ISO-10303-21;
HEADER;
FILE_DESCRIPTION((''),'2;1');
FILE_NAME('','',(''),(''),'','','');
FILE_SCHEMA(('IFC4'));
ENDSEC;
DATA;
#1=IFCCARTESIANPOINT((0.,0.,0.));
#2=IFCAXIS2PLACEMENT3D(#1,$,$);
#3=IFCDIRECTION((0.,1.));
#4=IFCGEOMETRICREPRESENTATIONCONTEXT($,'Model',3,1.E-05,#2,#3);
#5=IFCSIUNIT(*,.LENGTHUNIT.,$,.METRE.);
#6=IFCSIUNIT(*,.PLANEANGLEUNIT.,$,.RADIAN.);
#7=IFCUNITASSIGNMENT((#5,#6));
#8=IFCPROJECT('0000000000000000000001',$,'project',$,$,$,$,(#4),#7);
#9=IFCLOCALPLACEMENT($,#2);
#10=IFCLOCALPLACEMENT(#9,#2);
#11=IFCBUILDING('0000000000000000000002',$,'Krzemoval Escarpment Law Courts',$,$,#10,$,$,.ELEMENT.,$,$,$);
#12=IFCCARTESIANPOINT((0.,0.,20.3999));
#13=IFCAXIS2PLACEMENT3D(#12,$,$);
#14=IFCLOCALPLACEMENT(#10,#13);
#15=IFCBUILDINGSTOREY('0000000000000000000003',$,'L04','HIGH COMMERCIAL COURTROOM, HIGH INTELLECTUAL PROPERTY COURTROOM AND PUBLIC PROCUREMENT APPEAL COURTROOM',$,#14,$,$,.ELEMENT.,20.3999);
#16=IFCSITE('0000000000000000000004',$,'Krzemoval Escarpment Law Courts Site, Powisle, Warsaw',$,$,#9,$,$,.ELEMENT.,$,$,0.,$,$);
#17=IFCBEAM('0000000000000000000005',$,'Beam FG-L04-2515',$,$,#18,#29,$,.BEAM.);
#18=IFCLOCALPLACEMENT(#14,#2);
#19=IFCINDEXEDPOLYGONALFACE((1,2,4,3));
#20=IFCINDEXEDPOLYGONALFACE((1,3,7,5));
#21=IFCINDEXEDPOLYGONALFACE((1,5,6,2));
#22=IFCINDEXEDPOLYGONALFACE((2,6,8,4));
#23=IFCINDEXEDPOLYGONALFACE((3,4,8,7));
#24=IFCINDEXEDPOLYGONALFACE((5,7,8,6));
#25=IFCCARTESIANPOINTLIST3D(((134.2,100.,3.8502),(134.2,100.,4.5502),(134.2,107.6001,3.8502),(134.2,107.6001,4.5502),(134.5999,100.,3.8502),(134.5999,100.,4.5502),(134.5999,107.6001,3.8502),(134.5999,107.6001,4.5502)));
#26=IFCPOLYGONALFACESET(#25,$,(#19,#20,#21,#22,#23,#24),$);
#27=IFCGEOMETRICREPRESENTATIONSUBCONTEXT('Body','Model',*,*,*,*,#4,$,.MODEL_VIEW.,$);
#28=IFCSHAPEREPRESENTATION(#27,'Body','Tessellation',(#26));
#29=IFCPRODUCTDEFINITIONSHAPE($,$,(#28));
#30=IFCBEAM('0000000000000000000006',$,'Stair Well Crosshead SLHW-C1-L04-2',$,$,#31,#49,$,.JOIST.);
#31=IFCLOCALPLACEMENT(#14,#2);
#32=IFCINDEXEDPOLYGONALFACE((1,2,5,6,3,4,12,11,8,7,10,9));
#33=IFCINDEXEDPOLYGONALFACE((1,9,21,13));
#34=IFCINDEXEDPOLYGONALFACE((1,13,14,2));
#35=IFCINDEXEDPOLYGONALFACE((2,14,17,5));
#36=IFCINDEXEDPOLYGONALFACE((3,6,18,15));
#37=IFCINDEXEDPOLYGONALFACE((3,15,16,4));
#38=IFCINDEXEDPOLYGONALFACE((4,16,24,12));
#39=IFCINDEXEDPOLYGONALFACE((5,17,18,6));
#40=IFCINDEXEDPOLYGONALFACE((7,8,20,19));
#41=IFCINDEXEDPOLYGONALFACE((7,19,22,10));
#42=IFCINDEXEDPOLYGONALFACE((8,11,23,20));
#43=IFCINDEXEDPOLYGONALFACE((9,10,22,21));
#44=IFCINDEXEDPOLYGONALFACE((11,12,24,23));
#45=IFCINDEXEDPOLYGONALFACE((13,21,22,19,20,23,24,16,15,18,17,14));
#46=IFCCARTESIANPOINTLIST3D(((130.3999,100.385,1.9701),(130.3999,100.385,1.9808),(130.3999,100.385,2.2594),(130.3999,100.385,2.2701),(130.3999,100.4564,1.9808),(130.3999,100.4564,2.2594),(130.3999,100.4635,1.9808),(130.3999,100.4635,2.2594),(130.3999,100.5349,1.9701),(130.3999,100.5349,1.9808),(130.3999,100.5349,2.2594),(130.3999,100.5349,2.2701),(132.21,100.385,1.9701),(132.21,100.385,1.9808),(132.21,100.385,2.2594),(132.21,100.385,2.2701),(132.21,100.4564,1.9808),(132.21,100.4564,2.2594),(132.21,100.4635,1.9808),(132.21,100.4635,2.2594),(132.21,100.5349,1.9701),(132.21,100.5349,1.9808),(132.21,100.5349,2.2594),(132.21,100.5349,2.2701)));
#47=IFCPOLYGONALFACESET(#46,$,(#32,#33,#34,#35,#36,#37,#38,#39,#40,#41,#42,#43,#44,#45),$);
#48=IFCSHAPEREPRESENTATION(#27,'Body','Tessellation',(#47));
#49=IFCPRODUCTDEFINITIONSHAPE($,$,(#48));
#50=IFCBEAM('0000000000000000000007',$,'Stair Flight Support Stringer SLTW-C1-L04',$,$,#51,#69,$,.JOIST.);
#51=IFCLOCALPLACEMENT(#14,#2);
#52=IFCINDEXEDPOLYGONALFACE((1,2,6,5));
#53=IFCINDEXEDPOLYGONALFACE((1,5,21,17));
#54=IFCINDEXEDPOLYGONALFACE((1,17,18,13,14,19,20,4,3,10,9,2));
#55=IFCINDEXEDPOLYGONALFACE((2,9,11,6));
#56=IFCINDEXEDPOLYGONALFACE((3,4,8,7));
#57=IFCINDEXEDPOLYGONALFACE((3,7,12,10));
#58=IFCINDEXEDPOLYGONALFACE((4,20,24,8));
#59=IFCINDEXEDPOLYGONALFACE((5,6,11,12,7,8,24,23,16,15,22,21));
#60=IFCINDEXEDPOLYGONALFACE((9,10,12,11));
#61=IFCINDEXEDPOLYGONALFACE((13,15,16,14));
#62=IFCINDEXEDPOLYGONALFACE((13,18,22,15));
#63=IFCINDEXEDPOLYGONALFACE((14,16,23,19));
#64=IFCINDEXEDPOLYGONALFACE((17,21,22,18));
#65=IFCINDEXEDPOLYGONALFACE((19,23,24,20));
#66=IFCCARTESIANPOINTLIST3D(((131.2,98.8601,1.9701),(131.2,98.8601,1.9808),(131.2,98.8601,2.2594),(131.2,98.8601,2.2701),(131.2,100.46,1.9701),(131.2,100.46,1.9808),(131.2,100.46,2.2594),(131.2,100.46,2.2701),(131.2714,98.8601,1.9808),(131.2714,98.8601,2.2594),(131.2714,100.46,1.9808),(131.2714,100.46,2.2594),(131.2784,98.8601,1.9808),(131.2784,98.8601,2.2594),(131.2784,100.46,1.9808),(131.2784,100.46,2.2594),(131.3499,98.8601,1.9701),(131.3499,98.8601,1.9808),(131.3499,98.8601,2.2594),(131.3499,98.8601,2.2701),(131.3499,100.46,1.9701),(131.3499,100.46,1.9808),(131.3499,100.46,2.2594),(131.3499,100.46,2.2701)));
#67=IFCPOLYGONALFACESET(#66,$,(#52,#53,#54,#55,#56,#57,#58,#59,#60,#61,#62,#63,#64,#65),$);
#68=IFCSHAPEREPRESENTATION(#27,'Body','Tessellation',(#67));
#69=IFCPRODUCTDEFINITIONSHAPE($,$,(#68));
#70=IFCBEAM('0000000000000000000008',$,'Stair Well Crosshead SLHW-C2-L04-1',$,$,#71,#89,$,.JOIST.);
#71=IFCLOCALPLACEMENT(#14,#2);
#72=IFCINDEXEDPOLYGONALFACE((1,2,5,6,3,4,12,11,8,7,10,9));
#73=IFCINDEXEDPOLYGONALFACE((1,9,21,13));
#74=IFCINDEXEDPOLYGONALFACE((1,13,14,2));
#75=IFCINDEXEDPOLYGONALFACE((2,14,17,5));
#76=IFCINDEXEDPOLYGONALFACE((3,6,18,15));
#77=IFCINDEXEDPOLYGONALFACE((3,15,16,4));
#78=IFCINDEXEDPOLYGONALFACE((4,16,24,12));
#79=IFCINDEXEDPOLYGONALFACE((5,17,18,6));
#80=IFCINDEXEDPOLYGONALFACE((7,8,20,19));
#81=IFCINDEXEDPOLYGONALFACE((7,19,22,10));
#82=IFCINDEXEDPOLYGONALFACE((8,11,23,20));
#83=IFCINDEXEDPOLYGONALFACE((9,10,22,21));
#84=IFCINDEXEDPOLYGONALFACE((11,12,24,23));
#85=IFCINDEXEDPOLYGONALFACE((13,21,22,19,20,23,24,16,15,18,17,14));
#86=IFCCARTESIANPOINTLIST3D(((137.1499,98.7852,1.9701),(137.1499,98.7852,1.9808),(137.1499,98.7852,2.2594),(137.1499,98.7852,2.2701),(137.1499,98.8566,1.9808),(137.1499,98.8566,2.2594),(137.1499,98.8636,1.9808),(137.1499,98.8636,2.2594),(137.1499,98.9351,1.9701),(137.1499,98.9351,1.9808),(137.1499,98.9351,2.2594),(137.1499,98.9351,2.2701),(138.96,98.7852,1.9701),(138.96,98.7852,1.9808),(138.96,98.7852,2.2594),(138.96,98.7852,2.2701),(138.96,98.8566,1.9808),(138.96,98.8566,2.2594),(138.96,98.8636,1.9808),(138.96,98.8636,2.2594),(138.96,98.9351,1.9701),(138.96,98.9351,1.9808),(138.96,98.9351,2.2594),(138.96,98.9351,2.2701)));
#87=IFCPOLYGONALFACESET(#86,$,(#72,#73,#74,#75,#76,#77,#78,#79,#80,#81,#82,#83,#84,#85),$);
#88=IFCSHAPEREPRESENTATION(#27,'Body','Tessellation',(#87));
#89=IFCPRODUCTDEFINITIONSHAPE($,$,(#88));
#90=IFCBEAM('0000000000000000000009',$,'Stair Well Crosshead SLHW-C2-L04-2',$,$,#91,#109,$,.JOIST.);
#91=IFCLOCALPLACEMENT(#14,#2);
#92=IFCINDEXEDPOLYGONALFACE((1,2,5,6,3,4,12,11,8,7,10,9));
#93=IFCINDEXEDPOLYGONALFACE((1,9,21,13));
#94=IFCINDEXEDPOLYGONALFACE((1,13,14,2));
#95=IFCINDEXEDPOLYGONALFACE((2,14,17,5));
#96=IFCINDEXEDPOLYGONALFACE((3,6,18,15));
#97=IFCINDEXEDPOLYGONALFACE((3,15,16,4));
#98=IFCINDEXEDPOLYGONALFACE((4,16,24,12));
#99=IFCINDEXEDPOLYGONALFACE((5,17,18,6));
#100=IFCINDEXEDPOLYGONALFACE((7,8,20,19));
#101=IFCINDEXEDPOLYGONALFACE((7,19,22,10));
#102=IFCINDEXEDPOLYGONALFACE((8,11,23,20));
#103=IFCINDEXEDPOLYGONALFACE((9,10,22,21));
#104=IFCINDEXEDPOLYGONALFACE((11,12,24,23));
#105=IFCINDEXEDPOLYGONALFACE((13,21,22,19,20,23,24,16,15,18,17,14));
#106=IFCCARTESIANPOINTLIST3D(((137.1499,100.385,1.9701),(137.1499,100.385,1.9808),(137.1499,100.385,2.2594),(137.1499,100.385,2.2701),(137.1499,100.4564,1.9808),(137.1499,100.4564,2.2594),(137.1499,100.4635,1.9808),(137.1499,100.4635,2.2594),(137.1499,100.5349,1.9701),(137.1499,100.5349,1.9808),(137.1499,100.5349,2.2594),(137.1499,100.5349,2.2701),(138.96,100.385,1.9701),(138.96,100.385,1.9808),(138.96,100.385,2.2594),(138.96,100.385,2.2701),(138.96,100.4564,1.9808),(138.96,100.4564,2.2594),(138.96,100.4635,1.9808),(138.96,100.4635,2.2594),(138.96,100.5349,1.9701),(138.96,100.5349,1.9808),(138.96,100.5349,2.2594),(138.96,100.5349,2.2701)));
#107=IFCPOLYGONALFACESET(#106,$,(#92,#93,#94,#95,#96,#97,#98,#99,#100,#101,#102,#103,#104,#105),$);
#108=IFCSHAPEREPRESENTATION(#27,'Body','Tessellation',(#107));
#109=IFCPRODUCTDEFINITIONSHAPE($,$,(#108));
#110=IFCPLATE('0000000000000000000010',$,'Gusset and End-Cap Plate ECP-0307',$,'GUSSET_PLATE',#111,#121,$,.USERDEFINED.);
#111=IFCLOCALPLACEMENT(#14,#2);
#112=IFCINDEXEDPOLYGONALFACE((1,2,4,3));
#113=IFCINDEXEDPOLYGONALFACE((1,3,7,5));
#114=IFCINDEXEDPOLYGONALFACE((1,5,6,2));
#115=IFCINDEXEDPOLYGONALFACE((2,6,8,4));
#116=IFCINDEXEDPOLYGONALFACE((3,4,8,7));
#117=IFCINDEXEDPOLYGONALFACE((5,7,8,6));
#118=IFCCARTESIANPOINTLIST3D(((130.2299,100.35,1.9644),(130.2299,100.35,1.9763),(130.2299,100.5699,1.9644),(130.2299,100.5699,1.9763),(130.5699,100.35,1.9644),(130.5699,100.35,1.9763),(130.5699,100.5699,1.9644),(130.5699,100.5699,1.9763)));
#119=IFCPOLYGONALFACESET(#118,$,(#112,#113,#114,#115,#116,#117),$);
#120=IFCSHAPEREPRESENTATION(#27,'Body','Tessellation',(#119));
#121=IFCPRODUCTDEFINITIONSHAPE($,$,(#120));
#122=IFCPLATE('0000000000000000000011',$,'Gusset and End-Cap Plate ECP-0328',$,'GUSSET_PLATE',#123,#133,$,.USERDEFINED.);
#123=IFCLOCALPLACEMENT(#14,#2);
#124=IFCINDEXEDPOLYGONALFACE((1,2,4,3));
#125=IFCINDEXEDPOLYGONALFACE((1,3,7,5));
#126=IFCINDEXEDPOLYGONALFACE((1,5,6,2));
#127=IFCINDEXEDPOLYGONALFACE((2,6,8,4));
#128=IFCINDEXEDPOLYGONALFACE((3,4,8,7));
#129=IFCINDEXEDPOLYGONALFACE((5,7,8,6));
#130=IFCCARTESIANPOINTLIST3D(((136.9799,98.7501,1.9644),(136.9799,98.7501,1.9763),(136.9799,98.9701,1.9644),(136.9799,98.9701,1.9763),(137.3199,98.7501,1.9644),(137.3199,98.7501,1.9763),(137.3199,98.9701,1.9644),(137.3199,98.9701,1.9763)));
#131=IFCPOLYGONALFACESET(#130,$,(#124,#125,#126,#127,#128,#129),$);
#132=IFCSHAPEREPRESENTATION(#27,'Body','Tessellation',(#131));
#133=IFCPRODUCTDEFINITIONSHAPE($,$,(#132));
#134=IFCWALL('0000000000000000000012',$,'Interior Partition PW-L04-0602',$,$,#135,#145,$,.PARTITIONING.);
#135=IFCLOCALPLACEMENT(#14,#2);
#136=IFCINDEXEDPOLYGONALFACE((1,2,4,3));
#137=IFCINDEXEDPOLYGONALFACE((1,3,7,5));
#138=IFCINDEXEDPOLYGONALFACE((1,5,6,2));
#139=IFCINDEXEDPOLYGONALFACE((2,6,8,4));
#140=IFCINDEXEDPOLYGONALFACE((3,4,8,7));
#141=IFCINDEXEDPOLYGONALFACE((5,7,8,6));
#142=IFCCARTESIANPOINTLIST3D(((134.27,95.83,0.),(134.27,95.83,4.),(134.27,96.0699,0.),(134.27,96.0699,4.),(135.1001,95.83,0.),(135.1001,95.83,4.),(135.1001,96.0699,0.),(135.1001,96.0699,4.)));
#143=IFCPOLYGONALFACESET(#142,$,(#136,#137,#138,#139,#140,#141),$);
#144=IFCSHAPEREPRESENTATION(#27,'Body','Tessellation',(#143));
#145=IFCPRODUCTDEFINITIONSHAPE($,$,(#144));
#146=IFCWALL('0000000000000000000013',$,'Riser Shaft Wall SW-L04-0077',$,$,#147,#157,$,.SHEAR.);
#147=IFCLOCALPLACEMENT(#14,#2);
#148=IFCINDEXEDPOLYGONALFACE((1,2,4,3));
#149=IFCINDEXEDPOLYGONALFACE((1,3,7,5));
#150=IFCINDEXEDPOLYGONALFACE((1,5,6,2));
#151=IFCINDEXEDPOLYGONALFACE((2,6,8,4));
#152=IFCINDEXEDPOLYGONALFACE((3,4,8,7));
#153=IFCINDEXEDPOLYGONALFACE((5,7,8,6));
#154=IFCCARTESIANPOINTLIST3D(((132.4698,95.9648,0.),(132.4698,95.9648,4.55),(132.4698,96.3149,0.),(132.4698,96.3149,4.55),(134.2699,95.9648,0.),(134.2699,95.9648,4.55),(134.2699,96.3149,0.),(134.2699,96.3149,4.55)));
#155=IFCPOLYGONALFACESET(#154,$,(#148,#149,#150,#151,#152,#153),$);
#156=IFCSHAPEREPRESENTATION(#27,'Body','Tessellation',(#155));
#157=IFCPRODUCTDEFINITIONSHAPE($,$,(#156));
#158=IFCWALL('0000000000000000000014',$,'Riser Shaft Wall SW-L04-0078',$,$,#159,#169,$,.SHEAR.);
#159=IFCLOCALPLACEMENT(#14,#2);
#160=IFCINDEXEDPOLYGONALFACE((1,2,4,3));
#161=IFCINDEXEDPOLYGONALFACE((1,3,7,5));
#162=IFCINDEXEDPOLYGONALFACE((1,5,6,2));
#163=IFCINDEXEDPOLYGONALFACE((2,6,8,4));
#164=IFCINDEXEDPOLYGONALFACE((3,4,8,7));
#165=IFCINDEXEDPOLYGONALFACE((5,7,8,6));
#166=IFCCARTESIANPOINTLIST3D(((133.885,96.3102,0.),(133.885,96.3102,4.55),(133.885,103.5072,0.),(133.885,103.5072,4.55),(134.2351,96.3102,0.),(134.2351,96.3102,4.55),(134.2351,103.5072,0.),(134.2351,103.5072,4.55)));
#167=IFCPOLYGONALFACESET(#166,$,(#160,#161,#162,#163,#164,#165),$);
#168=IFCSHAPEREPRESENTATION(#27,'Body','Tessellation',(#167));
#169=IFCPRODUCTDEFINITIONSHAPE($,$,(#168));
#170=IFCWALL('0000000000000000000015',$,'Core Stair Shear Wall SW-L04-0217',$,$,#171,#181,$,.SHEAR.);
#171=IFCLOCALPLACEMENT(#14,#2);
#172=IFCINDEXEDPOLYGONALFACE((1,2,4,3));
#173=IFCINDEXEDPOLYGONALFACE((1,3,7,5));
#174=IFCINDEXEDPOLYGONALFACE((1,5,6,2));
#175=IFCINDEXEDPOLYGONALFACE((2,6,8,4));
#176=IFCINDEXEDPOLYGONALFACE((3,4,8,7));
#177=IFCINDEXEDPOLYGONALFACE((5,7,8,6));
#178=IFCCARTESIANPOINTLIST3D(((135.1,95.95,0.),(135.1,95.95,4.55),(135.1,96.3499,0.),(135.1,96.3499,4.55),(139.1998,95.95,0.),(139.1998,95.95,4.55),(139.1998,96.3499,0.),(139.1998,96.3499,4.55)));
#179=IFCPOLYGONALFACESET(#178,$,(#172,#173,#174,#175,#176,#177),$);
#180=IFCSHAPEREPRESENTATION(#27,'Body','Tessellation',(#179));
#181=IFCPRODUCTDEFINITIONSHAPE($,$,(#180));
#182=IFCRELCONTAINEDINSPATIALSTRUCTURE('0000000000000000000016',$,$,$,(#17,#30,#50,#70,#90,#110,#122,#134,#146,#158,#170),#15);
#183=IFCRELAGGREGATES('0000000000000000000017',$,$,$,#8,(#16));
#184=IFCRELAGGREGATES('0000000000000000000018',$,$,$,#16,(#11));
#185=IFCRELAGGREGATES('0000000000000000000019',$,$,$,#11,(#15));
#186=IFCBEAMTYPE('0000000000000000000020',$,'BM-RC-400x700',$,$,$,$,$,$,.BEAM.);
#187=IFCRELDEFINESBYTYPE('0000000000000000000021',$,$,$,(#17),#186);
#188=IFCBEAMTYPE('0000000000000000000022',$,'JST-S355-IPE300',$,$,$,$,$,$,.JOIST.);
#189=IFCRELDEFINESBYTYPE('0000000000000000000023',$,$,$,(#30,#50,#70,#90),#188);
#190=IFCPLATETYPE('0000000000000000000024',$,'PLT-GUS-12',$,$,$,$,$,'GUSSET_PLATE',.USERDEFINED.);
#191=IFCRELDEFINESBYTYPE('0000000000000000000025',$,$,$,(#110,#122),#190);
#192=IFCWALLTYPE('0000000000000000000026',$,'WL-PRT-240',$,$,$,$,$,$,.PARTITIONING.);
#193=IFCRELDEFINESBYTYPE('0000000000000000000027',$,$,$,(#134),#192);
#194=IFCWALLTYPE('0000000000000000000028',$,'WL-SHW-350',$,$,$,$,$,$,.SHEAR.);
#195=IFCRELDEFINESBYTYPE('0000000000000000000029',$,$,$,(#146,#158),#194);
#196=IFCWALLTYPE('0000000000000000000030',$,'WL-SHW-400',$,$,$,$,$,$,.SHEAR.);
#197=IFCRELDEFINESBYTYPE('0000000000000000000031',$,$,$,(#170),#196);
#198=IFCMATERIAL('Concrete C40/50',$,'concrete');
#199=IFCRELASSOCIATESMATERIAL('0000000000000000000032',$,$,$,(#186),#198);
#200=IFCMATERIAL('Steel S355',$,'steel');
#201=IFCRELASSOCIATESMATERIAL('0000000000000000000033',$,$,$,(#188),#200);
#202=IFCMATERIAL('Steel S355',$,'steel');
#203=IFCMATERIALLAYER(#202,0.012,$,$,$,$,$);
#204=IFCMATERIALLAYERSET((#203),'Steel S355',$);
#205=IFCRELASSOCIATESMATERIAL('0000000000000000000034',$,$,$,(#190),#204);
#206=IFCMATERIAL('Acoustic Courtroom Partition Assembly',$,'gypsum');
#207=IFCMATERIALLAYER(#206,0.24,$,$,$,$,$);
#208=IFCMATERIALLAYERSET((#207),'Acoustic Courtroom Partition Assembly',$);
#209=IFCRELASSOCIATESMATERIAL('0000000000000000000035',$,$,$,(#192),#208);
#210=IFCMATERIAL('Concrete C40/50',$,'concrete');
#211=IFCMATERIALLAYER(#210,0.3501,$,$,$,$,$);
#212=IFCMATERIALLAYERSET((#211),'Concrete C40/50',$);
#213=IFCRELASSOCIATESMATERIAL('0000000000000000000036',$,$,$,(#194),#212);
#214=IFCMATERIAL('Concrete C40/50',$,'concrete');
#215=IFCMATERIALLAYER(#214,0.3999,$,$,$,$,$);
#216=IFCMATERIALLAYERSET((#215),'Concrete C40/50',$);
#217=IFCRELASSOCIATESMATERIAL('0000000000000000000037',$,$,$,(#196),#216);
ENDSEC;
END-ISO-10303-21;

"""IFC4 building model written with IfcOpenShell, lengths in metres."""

from ifc_helpers import new_model, si_unit, direction, frame, frame_2d, origin, origin_2d, place, context, subcontext, project, spatial, rectangle, i_section, extrude, material, layer, layer_set, material_profile, profile_set, type_object, element, save


model = new_model("IFC4")

# Units and contexts
model_context = context("Model", 3, precision=1e-05, world=origin(), true_north=direction((0.0, 1.0)))
body_context = subcontext(model_context, "Body", "Model", "MODEL_VIEW")
ifc_project = project(units=[si_unit("LENGTHUNIT", "METRE"), si_unit("PLANEANGLEUNIT", "RADIAN")], contexts=[model_context])

# Site, building, storey
site_placement = place(None, origin())
site = spatial("IfcSite", under=ifc_project, at=site_placement, Name="Krzemoval Escarpment Law Courts Site, Powisle, Warsaw", CompositionType="ELEMENT", RefElevation=0.0)
building_placement = place(site_placement, origin())
building = spatial("IfcBuilding", under=site, at=building_placement, Name="Krzemoval Escarpment Law Courts", CompositionType="ELEMENT")
storey_placement = place(building_placement, frame((0.0, 0.0, 20.3999)))
storey = spatial("IfcBuildingStorey", under=building, at=storey_placement, Name="L04", Description="HIGH COMMERCIAL COURTROOM, HIGH INTELLECTUAL PROPERTY COURTROOM AND PUBLIC PROCUREMENT APPEAL COURTROOM", CompositionType="ELEMENT", Elevation=20.3999)

# Beams
ifc_material_1 = material(Name="Concrete C40/50", Category="concrete")
ifc_material_profile_1 = material_profile(ifc_material_1, rectangle(XDim=0.3999, YDim=0.7, at=origin_2d()), Name="RCB 400x700")
ifc_profile_set_1 = profile_set([ifc_material_profile_1], Name="Concrete C40/50")
beam_type_1 = type_object("IfcBeamType", Name="BM-RC-400x700", PredefinedType="BEAM", material=ifc_profile_set_1)
beam_1_placement = place(storey_placement, frame((134.3999, 100.0, 4.2002), z_axis=(0.0, 1.0, 0.0), x_axis=(-1.0, 0.0, 0.0)))
element("IfcBeam", 1, at=beam_1_placement, inside=storey, type_object=beam_type_1, Name="Beam FG-L04-2515", PredefinedType="BEAM", context=body_context, shape_type="SweptSolid", body=[
    extrude(rectangle(XDim=0.3999, YDim=0.7, at=origin_2d()), origin(), (0.0, 0.0, 1.0), 7.6001),
])
ifc_material_2 = material(Name="Steel S355", Category="steel")
ifc_material_profile_2 = material_profile(ifc_material_2, i_section(OverallWidth=0.1499, OverallDepth=0.3, WebThickness=0.0071, FlangeThickness=0.0107, at=origin_2d()), Name="IPE 300")
ifc_profile_set_2 = profile_set([ifc_material_profile_2], Name="Steel S355")
beam_type_2 = type_object("IfcBeamType", Name="JST-S355-IPE300", PredefinedType="JOIST", material=ifc_profile_set_2)
beam_2_placement = place(storey_placement, frame((130.3999, 100.46, 2.1201), z_axis=(1.0, 0.0, 0.0), x_axis=(0.0, 1.0, 0.0)))
element("IfcBeam", 2, at=beam_2_placement, inside=storey, type_object=beam_type_2, Name="Stair Well Crosshead SLHW-C1-L04-2", PredefinedType="JOIST", context=body_context, shape_type="SweptSolid", body=[
    extrude(i_section(OverallWidth=0.1499, OverallDepth=0.3, WebThickness=0.0071, FlangeThickness=0.0107, at=origin_2d()), origin(), (0.0, 0.0, 1.0), 1.8101),
])
beam_3_placement = place(storey_placement, frame((131.2749, 98.8601, 2.1201), z_axis=(0.0, 1.0, 0.0), x_axis=(-1.0, 0.0, 0.0)))
element("IfcBeam", 3, at=beam_3_placement, inside=storey, type_object=beam_type_2, Name="Stair Flight Support Stringer SLTW-C1-L04", PredefinedType="JOIST", context=body_context, shape_type="SweptSolid", body=[
    extrude(i_section(OverallWidth=0.1499, OverallDepth=0.3, WebThickness=0.0071, FlangeThickness=0.0107, at=origin_2d()), origin(), (0.0, 0.0, 1.0), 1.5999),
])
for number, where, z_axis, x_axis, name in (
    (4, (137.1499, 98.8601, 2.1201), (1.0, 0.0, 0.0), (0.0, 1.0, 0.0), "Stair Well Crosshead SLHW-C2-L04-1"),
    (5, (137.1499, 100.46, 2.1201), (1.0, 0.0, 0.0), (0.0, 1.0, 0.0), "Stair Well Crosshead SLHW-C2-L04-2"),
):
    element("IfcBeam", number, at=place(storey_placement, frame(where, z_axis=z_axis, x_axis=x_axis)), inside=storey, type_object=beam_type_2, Name=name, PredefinedType="JOIST", context=body_context, shape_type="SweptSolid", body=[
        extrude(i_section(OverallWidth=0.1499, OverallDepth=0.3, WebThickness=0.0071, FlangeThickness=0.0107, at=origin_2d()), origin(), (0.0, 0.0, 1.0), 1.8101),
    ])

# Plates
ifc_material_3 = material(Name="Steel S355", Category="steel")
ifc_layer_1 = layer(ifc_material_3, 0.012)
ifc_layer_set_1 = layer_set([ifc_layer_1], Name="Steel S355")
plate_type = type_object("IfcPlateType", Name="PLT-GUS-12", ElementType="GUSSET_PLATE", PredefinedType="USERDEFINED", material=ifc_layer_set_1)
for number, where, z_axis, x_axis, name in (
    (6, (130.3999, 100.46, 1.9644), (0.0, 0.0, 1.0), (1.0, 0.0, 0.0), "Gusset and End-Cap Plate ECP-0307"),
    (7, (137.1499, 98.8601, 1.9644), (0.0, 0.0, 1.0), (1.0, 0.0, 0.0), "Gusset and End-Cap Plate ECP-0328"),
):
    element("IfcPlate", number, at=place(storey_placement, frame(where, z_axis=z_axis, x_axis=x_axis)), inside=storey, type_object=plate_type, Name=name, ObjectType="GUSSET_PLATE", PredefinedType="USERDEFINED", context=body_context, shape_type="SweptSolid", body=[
        extrude(rectangle(XDim=0.3401, YDim=0.22, at=origin_2d()), origin(), (0.0, 0.0, 1.0), 0.012),
    ])

# Walls
ifc_material_4 = material(Name="Acoustic Courtroom Partition Assembly", Category="gypsum")
ifc_layer_2 = layer(ifc_material_4, 0.24)
ifc_layer_set_2 = layer_set([ifc_layer_2], Name="Acoustic Courtroom Partition Assembly")
wall_type_1 = type_object("IfcWallType", Name="WL-PRT-240", PredefinedType="PARTITIONING", material=ifc_layer_set_2)
wall_1_placement = place(storey_placement, frame((134.27, 95.95, 0.0), z_axis=(0.0, 0.0, 1.0), x_axis=(1.0, 0.0, 0.0)))
element("IfcWall", 8, at=wall_1_placement, inside=storey, type_object=wall_type_1, Name="Interior Partition PW-L04-0602", PredefinedType="PARTITIONING", context=body_context, shape_type="SweptSolid", body=[
    extrude(rectangle(XDim=0.8301, YDim=0.24, at=frame_2d((0.415, 0.0))), origin(), (0.0, 0.0, 1.0), 4.0),
])
ifc_material_5 = material(Name="Concrete C40/50", Category="concrete")
ifc_layer_3 = layer(ifc_material_5, 0.3501)
ifc_layer_set_3 = layer_set([ifc_layer_3], Name="Concrete C40/50")
wall_type_2 = type_object("IfcWallType", Name="WL-SHW-350", PredefinedType="SHEAR", material=ifc_layer_set_3)
wall_2_placement = place(storey_placement, frame((132.47, 96.1399, 0.0), z_axis=(0.0, 0.0, 1.0), x_axis=(1.0, 0.0, 0.0)))
element("IfcWall", 9, at=wall_2_placement, inside=storey, type_object=wall_type_2, Name="Riser Shaft Wall SW-L04-0077", PredefinedType="SHEAR", context=body_context, shape_type="SweptSolid", body=[
    extrude(rectangle(XDim=1.8, YDim=0.3501, at=frame_2d((0.8999, 0.0))), origin(), (0.0, 0.0, 1.0), 4.55),
])
wall_3_placement = place(storey_placement, frame((134.0601, 96.3101, 0.0), z_axis=(0.0, 0.0, 1.0), x_axis=(0.0, 1.0, 0.0)))
element("IfcWall", 10, at=wall_3_placement, inside=storey, type_object=wall_type_2, Name="Riser Shaft Wall SW-L04-0078", PredefinedType="SHEAR", context=body_context, shape_type="SweptSolid", body=[
    extrude(rectangle(XDim=7.197, YDim=0.3501, at=frame_2d((3.5986, 0.0))), origin(), (0.0, 0.0, 1.0), 4.55),
])
ifc_material_6 = material(Name="Concrete C40/50", Category="concrete")
ifc_layer_4 = layer(ifc_material_6, 0.3999)
ifc_layer_set_4 = layer_set([ifc_layer_4], Name="Concrete C40/50")
wall_type_3 = type_object("IfcWallType", Name="WL-SHW-400", PredefinedType="SHEAR", material=ifc_layer_set_4)
wall_4_placement = place(storey_placement, frame((135.1001, 96.1499, 0.0), z_axis=(0.0, 0.0, 1.0), x_axis=(1.0, 0.0, 0.0)))
element("IfcWall", 11, at=wall_4_placement, inside=storey, type_object=wall_type_3, Name="Core Stair Shear Wall SW-L04-0217", PredefinedType="SHEAR", context=body_context, shape_type="SweptSolid", body=[
    extrude(rectangle(XDim=4.0999, YDim=0.3999, at=frame_2d((2.0498, 0.0))), origin(), (0.0, 0.0, 1.0), 4.55),
])

save(model, "model.ifc")
